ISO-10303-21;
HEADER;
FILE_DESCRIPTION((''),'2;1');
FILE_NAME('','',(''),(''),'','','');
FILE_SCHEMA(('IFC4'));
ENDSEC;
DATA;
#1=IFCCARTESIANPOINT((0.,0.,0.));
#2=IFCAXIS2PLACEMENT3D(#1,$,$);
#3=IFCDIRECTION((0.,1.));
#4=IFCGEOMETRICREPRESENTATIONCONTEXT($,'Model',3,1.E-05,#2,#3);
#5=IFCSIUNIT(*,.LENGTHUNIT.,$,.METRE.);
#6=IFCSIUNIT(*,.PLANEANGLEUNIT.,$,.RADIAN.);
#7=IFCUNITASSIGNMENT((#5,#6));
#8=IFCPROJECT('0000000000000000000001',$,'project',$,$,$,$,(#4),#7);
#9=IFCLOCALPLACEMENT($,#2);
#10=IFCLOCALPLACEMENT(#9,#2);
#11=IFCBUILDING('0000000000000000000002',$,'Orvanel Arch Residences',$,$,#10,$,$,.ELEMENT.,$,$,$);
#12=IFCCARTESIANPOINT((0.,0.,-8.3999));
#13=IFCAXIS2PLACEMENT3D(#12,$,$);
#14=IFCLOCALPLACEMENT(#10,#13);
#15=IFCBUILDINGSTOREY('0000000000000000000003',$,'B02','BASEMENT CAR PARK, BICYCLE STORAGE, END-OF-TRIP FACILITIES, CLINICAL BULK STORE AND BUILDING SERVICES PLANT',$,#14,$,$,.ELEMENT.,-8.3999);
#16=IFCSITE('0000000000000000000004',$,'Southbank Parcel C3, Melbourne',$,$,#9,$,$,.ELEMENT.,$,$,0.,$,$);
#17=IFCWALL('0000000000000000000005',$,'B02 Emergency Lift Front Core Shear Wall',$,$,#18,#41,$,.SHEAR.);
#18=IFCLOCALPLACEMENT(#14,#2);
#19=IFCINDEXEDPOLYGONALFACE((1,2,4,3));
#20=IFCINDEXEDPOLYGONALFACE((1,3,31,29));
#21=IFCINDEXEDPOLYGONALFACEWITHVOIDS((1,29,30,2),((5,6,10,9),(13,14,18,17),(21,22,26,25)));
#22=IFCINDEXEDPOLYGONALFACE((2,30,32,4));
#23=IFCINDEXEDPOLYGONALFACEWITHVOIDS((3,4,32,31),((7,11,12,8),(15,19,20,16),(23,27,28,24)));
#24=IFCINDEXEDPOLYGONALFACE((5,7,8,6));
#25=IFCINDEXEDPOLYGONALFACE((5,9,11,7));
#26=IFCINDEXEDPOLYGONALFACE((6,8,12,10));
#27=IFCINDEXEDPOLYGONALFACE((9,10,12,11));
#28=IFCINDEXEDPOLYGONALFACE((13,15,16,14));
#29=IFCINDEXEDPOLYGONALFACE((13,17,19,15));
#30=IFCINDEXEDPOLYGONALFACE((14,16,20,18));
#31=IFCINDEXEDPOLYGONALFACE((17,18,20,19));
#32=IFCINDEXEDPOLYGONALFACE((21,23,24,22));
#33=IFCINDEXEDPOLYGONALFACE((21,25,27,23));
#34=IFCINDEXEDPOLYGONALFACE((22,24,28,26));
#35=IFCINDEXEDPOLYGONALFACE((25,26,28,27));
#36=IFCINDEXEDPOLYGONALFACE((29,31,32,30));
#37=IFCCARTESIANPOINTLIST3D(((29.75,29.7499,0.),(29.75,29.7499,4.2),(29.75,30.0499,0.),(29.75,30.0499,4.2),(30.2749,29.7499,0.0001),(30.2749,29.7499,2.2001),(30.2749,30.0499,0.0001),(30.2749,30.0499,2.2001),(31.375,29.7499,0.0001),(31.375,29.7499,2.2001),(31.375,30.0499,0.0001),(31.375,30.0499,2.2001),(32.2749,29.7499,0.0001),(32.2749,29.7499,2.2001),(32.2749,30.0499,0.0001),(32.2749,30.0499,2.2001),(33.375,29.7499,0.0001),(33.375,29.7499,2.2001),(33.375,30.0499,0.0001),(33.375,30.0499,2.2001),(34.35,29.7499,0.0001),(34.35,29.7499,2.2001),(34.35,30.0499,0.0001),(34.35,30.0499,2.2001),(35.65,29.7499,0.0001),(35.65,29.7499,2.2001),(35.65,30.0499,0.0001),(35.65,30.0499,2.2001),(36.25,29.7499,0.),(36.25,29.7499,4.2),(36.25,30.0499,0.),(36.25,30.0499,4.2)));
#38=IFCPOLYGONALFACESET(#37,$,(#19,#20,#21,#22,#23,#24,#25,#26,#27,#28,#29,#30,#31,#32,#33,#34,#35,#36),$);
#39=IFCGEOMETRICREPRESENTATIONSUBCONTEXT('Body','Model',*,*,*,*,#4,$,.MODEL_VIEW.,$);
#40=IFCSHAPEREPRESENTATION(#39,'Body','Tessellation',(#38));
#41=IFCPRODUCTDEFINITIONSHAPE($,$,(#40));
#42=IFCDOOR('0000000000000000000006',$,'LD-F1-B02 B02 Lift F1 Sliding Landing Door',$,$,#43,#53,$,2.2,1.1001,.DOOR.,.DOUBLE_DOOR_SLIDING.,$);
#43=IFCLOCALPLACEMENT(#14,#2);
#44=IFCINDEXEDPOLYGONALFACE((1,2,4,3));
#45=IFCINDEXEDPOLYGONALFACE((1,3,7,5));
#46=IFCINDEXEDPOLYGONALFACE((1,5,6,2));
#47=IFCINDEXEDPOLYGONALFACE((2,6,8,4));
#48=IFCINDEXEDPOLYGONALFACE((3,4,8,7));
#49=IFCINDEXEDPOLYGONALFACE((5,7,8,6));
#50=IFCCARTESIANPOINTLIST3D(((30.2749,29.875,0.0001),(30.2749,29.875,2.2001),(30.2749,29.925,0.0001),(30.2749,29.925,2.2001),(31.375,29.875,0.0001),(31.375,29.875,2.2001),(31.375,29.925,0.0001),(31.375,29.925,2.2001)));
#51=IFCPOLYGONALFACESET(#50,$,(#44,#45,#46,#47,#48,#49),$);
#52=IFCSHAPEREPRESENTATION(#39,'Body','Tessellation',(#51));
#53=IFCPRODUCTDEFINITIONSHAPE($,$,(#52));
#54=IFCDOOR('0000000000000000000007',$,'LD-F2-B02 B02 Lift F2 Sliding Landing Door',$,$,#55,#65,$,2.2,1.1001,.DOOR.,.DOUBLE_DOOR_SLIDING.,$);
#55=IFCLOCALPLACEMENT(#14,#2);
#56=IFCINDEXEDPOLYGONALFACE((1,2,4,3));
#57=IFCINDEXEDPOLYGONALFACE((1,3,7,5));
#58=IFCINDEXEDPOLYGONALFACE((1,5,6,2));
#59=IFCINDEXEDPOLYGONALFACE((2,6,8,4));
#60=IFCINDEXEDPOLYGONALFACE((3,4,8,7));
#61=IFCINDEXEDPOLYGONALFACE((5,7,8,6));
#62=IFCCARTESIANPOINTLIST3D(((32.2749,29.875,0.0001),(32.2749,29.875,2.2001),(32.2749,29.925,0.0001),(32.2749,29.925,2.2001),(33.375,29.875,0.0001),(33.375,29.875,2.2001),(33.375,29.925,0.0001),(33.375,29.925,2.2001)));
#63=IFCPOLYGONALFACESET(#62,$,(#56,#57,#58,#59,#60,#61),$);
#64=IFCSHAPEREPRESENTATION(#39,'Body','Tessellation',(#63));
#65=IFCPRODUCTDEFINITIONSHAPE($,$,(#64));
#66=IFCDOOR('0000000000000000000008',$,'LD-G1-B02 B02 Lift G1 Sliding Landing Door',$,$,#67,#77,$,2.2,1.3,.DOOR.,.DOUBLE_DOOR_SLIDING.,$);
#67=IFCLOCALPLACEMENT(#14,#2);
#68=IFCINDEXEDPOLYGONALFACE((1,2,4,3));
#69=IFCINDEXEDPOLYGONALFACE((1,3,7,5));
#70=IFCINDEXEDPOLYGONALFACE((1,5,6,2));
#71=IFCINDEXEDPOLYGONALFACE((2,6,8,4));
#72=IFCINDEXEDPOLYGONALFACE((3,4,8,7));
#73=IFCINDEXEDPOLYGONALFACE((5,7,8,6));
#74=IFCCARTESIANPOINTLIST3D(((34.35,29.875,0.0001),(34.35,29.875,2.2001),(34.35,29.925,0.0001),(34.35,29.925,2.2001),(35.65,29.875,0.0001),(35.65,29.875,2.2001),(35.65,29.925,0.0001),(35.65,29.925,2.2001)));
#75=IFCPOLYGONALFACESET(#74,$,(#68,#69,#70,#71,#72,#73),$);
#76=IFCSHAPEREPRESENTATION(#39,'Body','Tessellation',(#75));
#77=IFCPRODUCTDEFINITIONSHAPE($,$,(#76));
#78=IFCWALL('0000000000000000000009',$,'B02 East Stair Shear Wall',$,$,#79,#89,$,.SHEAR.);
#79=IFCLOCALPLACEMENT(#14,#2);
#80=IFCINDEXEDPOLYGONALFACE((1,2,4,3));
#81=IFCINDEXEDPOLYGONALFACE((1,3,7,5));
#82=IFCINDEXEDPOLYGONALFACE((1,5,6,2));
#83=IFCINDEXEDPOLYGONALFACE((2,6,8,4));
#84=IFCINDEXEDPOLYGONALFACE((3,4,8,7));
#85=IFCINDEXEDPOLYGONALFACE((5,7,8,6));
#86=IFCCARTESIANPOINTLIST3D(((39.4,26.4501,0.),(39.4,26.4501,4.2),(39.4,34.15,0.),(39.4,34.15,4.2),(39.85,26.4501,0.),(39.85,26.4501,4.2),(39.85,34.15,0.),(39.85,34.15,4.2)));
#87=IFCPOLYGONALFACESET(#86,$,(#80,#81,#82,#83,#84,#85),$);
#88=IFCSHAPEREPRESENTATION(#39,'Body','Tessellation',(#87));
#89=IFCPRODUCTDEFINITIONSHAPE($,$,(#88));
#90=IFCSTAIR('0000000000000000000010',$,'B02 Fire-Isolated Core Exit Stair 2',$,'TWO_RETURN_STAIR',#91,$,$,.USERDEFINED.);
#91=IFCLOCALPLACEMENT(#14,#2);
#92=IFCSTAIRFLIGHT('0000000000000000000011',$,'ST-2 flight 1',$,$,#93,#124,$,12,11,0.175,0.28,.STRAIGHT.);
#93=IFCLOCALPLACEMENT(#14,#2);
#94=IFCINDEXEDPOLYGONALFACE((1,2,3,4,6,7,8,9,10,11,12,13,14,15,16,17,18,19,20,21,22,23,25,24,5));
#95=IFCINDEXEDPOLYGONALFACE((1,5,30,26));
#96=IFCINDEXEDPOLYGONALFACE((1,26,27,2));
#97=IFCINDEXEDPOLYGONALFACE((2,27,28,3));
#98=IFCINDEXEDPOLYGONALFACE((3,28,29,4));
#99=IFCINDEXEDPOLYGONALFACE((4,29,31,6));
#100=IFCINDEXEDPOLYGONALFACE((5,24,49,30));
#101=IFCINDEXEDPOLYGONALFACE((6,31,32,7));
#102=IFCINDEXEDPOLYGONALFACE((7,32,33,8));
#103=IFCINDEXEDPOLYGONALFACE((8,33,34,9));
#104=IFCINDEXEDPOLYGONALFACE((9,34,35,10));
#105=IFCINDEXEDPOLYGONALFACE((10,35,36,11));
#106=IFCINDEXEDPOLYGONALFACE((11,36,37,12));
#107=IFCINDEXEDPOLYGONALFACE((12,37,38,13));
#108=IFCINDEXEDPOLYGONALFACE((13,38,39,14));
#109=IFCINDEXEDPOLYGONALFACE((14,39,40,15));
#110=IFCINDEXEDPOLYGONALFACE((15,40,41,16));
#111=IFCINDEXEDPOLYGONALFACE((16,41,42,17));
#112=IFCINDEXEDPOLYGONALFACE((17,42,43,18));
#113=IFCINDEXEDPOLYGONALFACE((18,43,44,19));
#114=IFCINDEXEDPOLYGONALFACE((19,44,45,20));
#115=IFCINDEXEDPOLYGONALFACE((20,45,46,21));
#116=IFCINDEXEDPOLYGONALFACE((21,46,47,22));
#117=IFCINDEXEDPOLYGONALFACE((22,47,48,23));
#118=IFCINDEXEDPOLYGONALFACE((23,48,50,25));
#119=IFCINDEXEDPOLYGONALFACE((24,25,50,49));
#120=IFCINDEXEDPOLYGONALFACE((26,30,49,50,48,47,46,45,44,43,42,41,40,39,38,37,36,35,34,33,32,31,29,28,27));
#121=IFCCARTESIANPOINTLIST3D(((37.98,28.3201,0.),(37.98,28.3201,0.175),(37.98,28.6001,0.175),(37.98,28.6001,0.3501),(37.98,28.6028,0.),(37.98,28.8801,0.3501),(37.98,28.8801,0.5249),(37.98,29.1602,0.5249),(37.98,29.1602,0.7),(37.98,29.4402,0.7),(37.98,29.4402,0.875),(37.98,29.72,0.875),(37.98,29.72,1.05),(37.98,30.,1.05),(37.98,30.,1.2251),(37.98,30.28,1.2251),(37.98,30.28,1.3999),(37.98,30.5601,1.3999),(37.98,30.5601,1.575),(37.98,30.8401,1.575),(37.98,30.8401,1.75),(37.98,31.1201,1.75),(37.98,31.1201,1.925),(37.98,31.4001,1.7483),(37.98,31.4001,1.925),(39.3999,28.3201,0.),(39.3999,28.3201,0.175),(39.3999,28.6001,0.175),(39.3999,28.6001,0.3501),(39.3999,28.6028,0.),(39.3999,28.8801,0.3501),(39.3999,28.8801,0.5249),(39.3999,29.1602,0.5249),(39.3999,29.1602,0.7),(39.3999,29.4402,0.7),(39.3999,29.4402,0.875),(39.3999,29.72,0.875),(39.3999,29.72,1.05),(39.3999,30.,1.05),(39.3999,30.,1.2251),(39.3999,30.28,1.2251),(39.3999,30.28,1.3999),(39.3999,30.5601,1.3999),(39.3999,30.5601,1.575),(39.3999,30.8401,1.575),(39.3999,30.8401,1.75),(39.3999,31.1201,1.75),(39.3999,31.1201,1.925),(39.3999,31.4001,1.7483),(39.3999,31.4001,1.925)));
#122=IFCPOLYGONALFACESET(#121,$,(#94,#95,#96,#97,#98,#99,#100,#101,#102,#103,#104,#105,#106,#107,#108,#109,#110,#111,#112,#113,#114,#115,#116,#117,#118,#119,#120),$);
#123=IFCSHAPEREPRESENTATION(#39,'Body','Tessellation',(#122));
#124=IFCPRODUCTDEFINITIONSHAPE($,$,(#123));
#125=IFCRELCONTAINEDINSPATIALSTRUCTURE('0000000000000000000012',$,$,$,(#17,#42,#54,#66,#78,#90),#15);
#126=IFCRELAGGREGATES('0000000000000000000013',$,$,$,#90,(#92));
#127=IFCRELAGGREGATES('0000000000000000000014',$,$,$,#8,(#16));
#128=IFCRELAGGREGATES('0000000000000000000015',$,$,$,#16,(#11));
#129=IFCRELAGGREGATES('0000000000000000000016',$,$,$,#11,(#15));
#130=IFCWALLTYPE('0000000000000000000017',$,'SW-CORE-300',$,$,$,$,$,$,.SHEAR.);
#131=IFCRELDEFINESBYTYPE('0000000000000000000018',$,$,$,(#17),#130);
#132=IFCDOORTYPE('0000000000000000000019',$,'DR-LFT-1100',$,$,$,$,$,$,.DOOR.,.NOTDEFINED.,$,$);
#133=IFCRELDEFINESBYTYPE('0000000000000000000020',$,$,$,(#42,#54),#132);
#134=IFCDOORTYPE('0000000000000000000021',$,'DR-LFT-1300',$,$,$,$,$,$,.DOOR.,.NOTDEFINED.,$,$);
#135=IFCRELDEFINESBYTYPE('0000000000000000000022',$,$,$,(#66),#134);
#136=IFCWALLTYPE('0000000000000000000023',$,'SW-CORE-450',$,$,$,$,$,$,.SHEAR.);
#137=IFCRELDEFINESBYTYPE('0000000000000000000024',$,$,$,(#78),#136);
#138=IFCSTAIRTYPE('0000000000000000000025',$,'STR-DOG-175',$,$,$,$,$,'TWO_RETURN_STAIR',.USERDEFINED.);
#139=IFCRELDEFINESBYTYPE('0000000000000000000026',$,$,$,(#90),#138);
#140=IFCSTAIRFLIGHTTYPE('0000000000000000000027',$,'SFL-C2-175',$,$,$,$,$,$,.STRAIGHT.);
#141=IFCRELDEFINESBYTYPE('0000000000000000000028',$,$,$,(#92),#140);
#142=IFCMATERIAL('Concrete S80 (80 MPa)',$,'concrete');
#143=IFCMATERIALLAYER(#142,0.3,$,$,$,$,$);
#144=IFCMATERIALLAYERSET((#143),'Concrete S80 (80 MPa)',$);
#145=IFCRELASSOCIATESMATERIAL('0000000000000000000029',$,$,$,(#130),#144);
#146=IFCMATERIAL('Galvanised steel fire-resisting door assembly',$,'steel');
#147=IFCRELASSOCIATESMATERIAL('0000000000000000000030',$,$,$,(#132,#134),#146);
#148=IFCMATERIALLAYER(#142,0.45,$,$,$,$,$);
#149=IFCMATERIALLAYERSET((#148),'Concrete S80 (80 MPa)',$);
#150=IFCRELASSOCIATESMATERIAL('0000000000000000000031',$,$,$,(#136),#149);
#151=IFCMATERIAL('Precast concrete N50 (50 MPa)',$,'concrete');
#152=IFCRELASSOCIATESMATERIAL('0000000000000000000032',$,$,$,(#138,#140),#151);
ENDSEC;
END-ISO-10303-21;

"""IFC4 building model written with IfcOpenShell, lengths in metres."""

from ifc_helpers import new_model, si_unit, direction, frame, frame_2d, origin, place, context, subcontext, project, spatial, polyline, rectangle, outline, extrude, material, layer, layer_set, type_object, element, fill, aggregate, save


model = new_model("IFC4")

# Units and contexts
model_context = context("Model", 3, precision=1e-05, world=origin(), true_north=direction((0.0, 1.0)))
body_context = subcontext(model_context, "Body", "Model", "MODEL_VIEW")
ifc_project = project(units=[si_unit("LENGTHUNIT", "METRE"), si_unit("PLANEANGLEUNIT", "RADIAN")], contexts=[model_context])

# Site, building, storey
site_placement = place(None, origin())
site = spatial("IfcSite", under=ifc_project, at=site_placement, Name="Southbank Parcel C3, Melbourne", CompositionType="ELEMENT", RefElevation=0.0)
building_placement = place(site_placement, origin())
building = spatial("IfcBuilding", under=site, at=building_placement, Name="Orvanel Arch Residences", CompositionType="ELEMENT")
storey_placement = place(building_placement, frame((0.0, 0.0, -8.3999)))
storey = spatial("IfcBuildingStorey", under=building, at=storey_placement, Name="B02", Description="BASEMENT CAR PARK, BICYCLE STORAGE, END-OF-TRIP FACILITIES, CLINICAL BULK STORE AND BUILDING SERVICES PLANT", CompositionType="ELEMENT", Elevation=-8.3999)

# Shared definitions
ifc_material_1 = material(Name="Concrete S80 (80 MPa)", Category="concrete")
ifc_layer_1 = layer(ifc_material_1, 0.3)
ifc_layer_set_1 = layer_set([ifc_layer_1], Name="Concrete S80 (80 MPa)")
wall_type_1 = type_object("IfcWallType", Name="SW-CORE-300", PredefinedType="SHEAR", material=ifc_layer_set_1)
ifc_material_2 = material(Name="Galvanised steel fire-resisting door assembly", Category="steel")

# Wall, openings, doors
wall_1_placement = place(storey_placement, frame((36.25, 29.8999, 0.0), z_axis=(0.0, 0.0, 1.0), x_axis=(-1.0, 0.0, 0.0)))
wall_1 = element("IfcWall", 1, at=wall_1_placement, inside=storey, type_object=wall_type_1, Name="B02 Emergency Lift Front Core Shear Wall", PredefinedType="SHEAR", context=body_context, shape_type="SweptSolid", body=[
    extrude(rectangle(XDim=6.5, YDim=0.3, at=frame_2d((3.25, 0.0))), origin(), (0.0, 0.0, 1.0), 4.2),
])
opening_1_placement = place(wall_1_placement, frame((4.875, 0.0, 0.0)))
opening_1 = element("IfcOpeningElement", 2, at=opening_1_placement, cuts=wall_1, PredefinedType="OPENING", context=body_context, shape_type="SweptSolid", body=[
    extrude(rectangle(XDim=1.1001, YDim=2.2, at=frame_2d((0.55, 1.1001))), frame((0.0, 0.1599, 0.0), z_axis=(0.0, -1.0, 0.0), x_axis=(1.0, 0.0, 0.0)), (0.0, 0.0, 1.0), 0.3201),
])
opening_2_placement = place(wall_1_placement, frame((2.875, 0.0, 0.0)))
opening_2 = element("IfcOpeningElement", 3, at=opening_2_placement, cuts=wall_1, PredefinedType="OPENING", context=body_context, shape_type="SweptSolid", body=[
    extrude(rectangle(XDim=1.1001, YDim=2.2, at=frame_2d((0.55, 1.1001))), frame((0.0, 0.1599, 0.0), z_axis=(0.0, -1.0, 0.0), x_axis=(1.0, 0.0, 0.0)), (0.0, 0.0, 1.0), 0.3201),
])
opening_3_placement = place(wall_1_placement, frame((0.6001, 0.0, 0.0)))
opening_3 = element("IfcOpeningElement", 4, at=opening_3_placement, cuts=wall_1, PredefinedType="OPENING", context=body_context, shape_type="SweptSolid", body=[
    extrude(rectangle(XDim=1.3, YDim=2.2, at=frame_2d((0.6499, 1.1001))), frame((0.0, 0.1599, 0.0), z_axis=(0.0, -1.0, 0.0), x_axis=(1.0, 0.0, 0.0)), (0.0, 0.0, 1.0), 0.3201),
])
door_type_1 = type_object("IfcDoorType", Name="DR-LFT-1100", OperationType="NOTDEFINED", PredefinedType="DOOR", material=ifc_material_2)
door_1_placement = place(opening_1_placement, origin())
door_1 = element("IfcDoor", 5, at=door_1_placement, inside=storey, type_object=door_type_1, Name="LD-F1-B02 B02 Lift F1 Sliding Landing Door", OperationType="DOUBLE_DOOR_SLIDING", OverallHeight=2.2, OverallWidth=1.1001, PredefinedType="DOOR", context=body_context, shape_type="SweptSolid", body=[
    extrude(rectangle(XDim=1.1001, YDim=2.2, at=frame_2d((0.55, 1.1001))), frame((0.0, 0.0249, 0.0), z_axis=(0.0, -1.0, 0.0), x_axis=(1.0, 0.0, 0.0)), (0.0, 0.0, 1.0), 0.05),
])
fill(opening_1, door_1)
door_2_placement = place(opening_2_placement, origin())
door_2 = element("IfcDoor", 6, at=door_2_placement, inside=storey, type_object=door_type_1, Name="LD-F2-B02 B02 Lift F2 Sliding Landing Door", OperationType="DOUBLE_DOOR_SLIDING", OverallHeight=2.2, OverallWidth=1.1001, PredefinedType="DOOR", context=body_context, shape_type="SweptSolid", body=[
    extrude(rectangle(XDim=1.1001, YDim=2.2, at=frame_2d((0.55, 1.1001))), frame((0.0, 0.0249, 0.0), z_axis=(0.0, -1.0, 0.0), x_axis=(1.0, 0.0, 0.0)), (0.0, 0.0, 1.0), 0.05),
])
fill(opening_2, door_2)
door_type_2 = type_object("IfcDoorType", Name="DR-LFT-1300", OperationType="NOTDEFINED", PredefinedType="DOOR", material=ifc_material_2)
door_3_placement = place(opening_3_placement, origin())
door_3 = element("IfcDoor", 7, at=door_3_placement, inside=storey, type_object=door_type_2, Name="LD-G1-B02 B02 Lift G1 Sliding Landing Door", OperationType="DOUBLE_DOOR_SLIDING", OverallHeight=2.2, OverallWidth=1.3, PredefinedType="DOOR", context=body_context, shape_type="SweptSolid", body=[
    extrude(rectangle(XDim=1.3, YDim=2.2, at=frame_2d((0.6499, 1.1001))), frame((0.0, 0.0249, 0.0), z_axis=(0.0, -1.0, 0.0), x_axis=(1.0, 0.0, 0.0)), (0.0, 0.0, 1.0), 0.05),
])
fill(opening_3, door_3)

# Wall
ifc_layer_2 = layer(ifc_material_1, 0.45)
ifc_layer_set_2 = layer_set([ifc_layer_2], Name="Concrete S80 (80 MPa)")
wall_type_2 = type_object("IfcWallType", Name="SW-CORE-450", PredefinedType="SHEAR", material=ifc_layer_set_2)
wall_2_placement = place(storey_placement, frame((39.625, 26.45, 0.0), z_axis=(0.0, 0.0, 1.0), x_axis=(0.0, 1.0, 0.0)))
element("IfcWall", 8, at=wall_2_placement, inside=storey, type_object=wall_type_2, Name="B02 East Stair Shear Wall", PredefinedType="SHEAR", context=body_context, shape_type="SweptSolid", body=[
    extrude(rectangle(XDim=7.7, YDim=0.45, at=frame_2d((3.8501, 0.0))), origin(), (0.0, 0.0, 1.0), 4.2),
])

# Stair, stair flight
ifc_material_3 = material(Name="Precast concrete N50 (50 MPa)", Category="concrete")
stair_type = type_object("IfcStairType", Name="STR-DOG-175", ElementType="TWO_RETURN_STAIR", PredefinedType="USERDEFINED", material=ifc_material_3)
stair_placement = place(storey_placement, origin())
stair = element("IfcStair", 9, at=stair_placement, inside=storey, type_object=stair_type, Name="B02 Fire-Isolated Core Exit Stair 2", ObjectType="TWO_RETURN_STAIR", PredefinedType="USERDEFINED")
stair_flight_type = type_object("IfcStairFlightType", Name="SFL-C2-175", PredefinedType="STRAIGHT", material=ifc_material_3)
stair_flight_placement = place(storey_placement, frame((38.6899, 28.3201, 0.0), z_axis=(0.0, 0.0, 1.0), x_axis=(0.0, 1.0, 0.0)))
stair_flight = element("IfcStairFlight", 10, at=stair_flight_placement, type_object=stair_flight_type, Name="ST-2 flight 1", NumberOfRisers=12, NumberOfTreads=11, PredefinedType="STRAIGHT", RiserHeight=0.175, TreadLength=0.28, context=body_context, shape_type="SweptSolid", body=[
    extrude(outline(polyline([(0.0, 0.0), (0.0, 0.175), (0.28, 0.175), (0.28, 0.3501), (0.5601, 0.3501), (0.5601, 0.5249), (0.8401, 0.5249), (0.8401, 0.7), (1.1201, 0.7), (1.1201, 0.875), (1.3999, 0.875), (1.3999, 1.05), (1.6799, 1.05), (1.6799, 1.2251), (1.96, 1.2251), (1.96, 1.3999), (2.24, 1.3999), (2.24, 1.575), (2.52, 1.575), (2.52, 1.75), (2.8, 1.75), (2.8, 1.925), (3.0801, 1.925), (3.0801, 2.1001), (3.0801, 1.7483), (0.2827, 0.0), (0.0, 0.0)])), frame((0.0, 0.71, 0.0), z_axis=(0.0, -1.0, 0.0), x_axis=(1.0, 0.0, 0.0)), (0.0, 0.0, 1.0), 1.4199),
])
aggregate(stair, [stair_flight])

save(model, "model.ifc")
